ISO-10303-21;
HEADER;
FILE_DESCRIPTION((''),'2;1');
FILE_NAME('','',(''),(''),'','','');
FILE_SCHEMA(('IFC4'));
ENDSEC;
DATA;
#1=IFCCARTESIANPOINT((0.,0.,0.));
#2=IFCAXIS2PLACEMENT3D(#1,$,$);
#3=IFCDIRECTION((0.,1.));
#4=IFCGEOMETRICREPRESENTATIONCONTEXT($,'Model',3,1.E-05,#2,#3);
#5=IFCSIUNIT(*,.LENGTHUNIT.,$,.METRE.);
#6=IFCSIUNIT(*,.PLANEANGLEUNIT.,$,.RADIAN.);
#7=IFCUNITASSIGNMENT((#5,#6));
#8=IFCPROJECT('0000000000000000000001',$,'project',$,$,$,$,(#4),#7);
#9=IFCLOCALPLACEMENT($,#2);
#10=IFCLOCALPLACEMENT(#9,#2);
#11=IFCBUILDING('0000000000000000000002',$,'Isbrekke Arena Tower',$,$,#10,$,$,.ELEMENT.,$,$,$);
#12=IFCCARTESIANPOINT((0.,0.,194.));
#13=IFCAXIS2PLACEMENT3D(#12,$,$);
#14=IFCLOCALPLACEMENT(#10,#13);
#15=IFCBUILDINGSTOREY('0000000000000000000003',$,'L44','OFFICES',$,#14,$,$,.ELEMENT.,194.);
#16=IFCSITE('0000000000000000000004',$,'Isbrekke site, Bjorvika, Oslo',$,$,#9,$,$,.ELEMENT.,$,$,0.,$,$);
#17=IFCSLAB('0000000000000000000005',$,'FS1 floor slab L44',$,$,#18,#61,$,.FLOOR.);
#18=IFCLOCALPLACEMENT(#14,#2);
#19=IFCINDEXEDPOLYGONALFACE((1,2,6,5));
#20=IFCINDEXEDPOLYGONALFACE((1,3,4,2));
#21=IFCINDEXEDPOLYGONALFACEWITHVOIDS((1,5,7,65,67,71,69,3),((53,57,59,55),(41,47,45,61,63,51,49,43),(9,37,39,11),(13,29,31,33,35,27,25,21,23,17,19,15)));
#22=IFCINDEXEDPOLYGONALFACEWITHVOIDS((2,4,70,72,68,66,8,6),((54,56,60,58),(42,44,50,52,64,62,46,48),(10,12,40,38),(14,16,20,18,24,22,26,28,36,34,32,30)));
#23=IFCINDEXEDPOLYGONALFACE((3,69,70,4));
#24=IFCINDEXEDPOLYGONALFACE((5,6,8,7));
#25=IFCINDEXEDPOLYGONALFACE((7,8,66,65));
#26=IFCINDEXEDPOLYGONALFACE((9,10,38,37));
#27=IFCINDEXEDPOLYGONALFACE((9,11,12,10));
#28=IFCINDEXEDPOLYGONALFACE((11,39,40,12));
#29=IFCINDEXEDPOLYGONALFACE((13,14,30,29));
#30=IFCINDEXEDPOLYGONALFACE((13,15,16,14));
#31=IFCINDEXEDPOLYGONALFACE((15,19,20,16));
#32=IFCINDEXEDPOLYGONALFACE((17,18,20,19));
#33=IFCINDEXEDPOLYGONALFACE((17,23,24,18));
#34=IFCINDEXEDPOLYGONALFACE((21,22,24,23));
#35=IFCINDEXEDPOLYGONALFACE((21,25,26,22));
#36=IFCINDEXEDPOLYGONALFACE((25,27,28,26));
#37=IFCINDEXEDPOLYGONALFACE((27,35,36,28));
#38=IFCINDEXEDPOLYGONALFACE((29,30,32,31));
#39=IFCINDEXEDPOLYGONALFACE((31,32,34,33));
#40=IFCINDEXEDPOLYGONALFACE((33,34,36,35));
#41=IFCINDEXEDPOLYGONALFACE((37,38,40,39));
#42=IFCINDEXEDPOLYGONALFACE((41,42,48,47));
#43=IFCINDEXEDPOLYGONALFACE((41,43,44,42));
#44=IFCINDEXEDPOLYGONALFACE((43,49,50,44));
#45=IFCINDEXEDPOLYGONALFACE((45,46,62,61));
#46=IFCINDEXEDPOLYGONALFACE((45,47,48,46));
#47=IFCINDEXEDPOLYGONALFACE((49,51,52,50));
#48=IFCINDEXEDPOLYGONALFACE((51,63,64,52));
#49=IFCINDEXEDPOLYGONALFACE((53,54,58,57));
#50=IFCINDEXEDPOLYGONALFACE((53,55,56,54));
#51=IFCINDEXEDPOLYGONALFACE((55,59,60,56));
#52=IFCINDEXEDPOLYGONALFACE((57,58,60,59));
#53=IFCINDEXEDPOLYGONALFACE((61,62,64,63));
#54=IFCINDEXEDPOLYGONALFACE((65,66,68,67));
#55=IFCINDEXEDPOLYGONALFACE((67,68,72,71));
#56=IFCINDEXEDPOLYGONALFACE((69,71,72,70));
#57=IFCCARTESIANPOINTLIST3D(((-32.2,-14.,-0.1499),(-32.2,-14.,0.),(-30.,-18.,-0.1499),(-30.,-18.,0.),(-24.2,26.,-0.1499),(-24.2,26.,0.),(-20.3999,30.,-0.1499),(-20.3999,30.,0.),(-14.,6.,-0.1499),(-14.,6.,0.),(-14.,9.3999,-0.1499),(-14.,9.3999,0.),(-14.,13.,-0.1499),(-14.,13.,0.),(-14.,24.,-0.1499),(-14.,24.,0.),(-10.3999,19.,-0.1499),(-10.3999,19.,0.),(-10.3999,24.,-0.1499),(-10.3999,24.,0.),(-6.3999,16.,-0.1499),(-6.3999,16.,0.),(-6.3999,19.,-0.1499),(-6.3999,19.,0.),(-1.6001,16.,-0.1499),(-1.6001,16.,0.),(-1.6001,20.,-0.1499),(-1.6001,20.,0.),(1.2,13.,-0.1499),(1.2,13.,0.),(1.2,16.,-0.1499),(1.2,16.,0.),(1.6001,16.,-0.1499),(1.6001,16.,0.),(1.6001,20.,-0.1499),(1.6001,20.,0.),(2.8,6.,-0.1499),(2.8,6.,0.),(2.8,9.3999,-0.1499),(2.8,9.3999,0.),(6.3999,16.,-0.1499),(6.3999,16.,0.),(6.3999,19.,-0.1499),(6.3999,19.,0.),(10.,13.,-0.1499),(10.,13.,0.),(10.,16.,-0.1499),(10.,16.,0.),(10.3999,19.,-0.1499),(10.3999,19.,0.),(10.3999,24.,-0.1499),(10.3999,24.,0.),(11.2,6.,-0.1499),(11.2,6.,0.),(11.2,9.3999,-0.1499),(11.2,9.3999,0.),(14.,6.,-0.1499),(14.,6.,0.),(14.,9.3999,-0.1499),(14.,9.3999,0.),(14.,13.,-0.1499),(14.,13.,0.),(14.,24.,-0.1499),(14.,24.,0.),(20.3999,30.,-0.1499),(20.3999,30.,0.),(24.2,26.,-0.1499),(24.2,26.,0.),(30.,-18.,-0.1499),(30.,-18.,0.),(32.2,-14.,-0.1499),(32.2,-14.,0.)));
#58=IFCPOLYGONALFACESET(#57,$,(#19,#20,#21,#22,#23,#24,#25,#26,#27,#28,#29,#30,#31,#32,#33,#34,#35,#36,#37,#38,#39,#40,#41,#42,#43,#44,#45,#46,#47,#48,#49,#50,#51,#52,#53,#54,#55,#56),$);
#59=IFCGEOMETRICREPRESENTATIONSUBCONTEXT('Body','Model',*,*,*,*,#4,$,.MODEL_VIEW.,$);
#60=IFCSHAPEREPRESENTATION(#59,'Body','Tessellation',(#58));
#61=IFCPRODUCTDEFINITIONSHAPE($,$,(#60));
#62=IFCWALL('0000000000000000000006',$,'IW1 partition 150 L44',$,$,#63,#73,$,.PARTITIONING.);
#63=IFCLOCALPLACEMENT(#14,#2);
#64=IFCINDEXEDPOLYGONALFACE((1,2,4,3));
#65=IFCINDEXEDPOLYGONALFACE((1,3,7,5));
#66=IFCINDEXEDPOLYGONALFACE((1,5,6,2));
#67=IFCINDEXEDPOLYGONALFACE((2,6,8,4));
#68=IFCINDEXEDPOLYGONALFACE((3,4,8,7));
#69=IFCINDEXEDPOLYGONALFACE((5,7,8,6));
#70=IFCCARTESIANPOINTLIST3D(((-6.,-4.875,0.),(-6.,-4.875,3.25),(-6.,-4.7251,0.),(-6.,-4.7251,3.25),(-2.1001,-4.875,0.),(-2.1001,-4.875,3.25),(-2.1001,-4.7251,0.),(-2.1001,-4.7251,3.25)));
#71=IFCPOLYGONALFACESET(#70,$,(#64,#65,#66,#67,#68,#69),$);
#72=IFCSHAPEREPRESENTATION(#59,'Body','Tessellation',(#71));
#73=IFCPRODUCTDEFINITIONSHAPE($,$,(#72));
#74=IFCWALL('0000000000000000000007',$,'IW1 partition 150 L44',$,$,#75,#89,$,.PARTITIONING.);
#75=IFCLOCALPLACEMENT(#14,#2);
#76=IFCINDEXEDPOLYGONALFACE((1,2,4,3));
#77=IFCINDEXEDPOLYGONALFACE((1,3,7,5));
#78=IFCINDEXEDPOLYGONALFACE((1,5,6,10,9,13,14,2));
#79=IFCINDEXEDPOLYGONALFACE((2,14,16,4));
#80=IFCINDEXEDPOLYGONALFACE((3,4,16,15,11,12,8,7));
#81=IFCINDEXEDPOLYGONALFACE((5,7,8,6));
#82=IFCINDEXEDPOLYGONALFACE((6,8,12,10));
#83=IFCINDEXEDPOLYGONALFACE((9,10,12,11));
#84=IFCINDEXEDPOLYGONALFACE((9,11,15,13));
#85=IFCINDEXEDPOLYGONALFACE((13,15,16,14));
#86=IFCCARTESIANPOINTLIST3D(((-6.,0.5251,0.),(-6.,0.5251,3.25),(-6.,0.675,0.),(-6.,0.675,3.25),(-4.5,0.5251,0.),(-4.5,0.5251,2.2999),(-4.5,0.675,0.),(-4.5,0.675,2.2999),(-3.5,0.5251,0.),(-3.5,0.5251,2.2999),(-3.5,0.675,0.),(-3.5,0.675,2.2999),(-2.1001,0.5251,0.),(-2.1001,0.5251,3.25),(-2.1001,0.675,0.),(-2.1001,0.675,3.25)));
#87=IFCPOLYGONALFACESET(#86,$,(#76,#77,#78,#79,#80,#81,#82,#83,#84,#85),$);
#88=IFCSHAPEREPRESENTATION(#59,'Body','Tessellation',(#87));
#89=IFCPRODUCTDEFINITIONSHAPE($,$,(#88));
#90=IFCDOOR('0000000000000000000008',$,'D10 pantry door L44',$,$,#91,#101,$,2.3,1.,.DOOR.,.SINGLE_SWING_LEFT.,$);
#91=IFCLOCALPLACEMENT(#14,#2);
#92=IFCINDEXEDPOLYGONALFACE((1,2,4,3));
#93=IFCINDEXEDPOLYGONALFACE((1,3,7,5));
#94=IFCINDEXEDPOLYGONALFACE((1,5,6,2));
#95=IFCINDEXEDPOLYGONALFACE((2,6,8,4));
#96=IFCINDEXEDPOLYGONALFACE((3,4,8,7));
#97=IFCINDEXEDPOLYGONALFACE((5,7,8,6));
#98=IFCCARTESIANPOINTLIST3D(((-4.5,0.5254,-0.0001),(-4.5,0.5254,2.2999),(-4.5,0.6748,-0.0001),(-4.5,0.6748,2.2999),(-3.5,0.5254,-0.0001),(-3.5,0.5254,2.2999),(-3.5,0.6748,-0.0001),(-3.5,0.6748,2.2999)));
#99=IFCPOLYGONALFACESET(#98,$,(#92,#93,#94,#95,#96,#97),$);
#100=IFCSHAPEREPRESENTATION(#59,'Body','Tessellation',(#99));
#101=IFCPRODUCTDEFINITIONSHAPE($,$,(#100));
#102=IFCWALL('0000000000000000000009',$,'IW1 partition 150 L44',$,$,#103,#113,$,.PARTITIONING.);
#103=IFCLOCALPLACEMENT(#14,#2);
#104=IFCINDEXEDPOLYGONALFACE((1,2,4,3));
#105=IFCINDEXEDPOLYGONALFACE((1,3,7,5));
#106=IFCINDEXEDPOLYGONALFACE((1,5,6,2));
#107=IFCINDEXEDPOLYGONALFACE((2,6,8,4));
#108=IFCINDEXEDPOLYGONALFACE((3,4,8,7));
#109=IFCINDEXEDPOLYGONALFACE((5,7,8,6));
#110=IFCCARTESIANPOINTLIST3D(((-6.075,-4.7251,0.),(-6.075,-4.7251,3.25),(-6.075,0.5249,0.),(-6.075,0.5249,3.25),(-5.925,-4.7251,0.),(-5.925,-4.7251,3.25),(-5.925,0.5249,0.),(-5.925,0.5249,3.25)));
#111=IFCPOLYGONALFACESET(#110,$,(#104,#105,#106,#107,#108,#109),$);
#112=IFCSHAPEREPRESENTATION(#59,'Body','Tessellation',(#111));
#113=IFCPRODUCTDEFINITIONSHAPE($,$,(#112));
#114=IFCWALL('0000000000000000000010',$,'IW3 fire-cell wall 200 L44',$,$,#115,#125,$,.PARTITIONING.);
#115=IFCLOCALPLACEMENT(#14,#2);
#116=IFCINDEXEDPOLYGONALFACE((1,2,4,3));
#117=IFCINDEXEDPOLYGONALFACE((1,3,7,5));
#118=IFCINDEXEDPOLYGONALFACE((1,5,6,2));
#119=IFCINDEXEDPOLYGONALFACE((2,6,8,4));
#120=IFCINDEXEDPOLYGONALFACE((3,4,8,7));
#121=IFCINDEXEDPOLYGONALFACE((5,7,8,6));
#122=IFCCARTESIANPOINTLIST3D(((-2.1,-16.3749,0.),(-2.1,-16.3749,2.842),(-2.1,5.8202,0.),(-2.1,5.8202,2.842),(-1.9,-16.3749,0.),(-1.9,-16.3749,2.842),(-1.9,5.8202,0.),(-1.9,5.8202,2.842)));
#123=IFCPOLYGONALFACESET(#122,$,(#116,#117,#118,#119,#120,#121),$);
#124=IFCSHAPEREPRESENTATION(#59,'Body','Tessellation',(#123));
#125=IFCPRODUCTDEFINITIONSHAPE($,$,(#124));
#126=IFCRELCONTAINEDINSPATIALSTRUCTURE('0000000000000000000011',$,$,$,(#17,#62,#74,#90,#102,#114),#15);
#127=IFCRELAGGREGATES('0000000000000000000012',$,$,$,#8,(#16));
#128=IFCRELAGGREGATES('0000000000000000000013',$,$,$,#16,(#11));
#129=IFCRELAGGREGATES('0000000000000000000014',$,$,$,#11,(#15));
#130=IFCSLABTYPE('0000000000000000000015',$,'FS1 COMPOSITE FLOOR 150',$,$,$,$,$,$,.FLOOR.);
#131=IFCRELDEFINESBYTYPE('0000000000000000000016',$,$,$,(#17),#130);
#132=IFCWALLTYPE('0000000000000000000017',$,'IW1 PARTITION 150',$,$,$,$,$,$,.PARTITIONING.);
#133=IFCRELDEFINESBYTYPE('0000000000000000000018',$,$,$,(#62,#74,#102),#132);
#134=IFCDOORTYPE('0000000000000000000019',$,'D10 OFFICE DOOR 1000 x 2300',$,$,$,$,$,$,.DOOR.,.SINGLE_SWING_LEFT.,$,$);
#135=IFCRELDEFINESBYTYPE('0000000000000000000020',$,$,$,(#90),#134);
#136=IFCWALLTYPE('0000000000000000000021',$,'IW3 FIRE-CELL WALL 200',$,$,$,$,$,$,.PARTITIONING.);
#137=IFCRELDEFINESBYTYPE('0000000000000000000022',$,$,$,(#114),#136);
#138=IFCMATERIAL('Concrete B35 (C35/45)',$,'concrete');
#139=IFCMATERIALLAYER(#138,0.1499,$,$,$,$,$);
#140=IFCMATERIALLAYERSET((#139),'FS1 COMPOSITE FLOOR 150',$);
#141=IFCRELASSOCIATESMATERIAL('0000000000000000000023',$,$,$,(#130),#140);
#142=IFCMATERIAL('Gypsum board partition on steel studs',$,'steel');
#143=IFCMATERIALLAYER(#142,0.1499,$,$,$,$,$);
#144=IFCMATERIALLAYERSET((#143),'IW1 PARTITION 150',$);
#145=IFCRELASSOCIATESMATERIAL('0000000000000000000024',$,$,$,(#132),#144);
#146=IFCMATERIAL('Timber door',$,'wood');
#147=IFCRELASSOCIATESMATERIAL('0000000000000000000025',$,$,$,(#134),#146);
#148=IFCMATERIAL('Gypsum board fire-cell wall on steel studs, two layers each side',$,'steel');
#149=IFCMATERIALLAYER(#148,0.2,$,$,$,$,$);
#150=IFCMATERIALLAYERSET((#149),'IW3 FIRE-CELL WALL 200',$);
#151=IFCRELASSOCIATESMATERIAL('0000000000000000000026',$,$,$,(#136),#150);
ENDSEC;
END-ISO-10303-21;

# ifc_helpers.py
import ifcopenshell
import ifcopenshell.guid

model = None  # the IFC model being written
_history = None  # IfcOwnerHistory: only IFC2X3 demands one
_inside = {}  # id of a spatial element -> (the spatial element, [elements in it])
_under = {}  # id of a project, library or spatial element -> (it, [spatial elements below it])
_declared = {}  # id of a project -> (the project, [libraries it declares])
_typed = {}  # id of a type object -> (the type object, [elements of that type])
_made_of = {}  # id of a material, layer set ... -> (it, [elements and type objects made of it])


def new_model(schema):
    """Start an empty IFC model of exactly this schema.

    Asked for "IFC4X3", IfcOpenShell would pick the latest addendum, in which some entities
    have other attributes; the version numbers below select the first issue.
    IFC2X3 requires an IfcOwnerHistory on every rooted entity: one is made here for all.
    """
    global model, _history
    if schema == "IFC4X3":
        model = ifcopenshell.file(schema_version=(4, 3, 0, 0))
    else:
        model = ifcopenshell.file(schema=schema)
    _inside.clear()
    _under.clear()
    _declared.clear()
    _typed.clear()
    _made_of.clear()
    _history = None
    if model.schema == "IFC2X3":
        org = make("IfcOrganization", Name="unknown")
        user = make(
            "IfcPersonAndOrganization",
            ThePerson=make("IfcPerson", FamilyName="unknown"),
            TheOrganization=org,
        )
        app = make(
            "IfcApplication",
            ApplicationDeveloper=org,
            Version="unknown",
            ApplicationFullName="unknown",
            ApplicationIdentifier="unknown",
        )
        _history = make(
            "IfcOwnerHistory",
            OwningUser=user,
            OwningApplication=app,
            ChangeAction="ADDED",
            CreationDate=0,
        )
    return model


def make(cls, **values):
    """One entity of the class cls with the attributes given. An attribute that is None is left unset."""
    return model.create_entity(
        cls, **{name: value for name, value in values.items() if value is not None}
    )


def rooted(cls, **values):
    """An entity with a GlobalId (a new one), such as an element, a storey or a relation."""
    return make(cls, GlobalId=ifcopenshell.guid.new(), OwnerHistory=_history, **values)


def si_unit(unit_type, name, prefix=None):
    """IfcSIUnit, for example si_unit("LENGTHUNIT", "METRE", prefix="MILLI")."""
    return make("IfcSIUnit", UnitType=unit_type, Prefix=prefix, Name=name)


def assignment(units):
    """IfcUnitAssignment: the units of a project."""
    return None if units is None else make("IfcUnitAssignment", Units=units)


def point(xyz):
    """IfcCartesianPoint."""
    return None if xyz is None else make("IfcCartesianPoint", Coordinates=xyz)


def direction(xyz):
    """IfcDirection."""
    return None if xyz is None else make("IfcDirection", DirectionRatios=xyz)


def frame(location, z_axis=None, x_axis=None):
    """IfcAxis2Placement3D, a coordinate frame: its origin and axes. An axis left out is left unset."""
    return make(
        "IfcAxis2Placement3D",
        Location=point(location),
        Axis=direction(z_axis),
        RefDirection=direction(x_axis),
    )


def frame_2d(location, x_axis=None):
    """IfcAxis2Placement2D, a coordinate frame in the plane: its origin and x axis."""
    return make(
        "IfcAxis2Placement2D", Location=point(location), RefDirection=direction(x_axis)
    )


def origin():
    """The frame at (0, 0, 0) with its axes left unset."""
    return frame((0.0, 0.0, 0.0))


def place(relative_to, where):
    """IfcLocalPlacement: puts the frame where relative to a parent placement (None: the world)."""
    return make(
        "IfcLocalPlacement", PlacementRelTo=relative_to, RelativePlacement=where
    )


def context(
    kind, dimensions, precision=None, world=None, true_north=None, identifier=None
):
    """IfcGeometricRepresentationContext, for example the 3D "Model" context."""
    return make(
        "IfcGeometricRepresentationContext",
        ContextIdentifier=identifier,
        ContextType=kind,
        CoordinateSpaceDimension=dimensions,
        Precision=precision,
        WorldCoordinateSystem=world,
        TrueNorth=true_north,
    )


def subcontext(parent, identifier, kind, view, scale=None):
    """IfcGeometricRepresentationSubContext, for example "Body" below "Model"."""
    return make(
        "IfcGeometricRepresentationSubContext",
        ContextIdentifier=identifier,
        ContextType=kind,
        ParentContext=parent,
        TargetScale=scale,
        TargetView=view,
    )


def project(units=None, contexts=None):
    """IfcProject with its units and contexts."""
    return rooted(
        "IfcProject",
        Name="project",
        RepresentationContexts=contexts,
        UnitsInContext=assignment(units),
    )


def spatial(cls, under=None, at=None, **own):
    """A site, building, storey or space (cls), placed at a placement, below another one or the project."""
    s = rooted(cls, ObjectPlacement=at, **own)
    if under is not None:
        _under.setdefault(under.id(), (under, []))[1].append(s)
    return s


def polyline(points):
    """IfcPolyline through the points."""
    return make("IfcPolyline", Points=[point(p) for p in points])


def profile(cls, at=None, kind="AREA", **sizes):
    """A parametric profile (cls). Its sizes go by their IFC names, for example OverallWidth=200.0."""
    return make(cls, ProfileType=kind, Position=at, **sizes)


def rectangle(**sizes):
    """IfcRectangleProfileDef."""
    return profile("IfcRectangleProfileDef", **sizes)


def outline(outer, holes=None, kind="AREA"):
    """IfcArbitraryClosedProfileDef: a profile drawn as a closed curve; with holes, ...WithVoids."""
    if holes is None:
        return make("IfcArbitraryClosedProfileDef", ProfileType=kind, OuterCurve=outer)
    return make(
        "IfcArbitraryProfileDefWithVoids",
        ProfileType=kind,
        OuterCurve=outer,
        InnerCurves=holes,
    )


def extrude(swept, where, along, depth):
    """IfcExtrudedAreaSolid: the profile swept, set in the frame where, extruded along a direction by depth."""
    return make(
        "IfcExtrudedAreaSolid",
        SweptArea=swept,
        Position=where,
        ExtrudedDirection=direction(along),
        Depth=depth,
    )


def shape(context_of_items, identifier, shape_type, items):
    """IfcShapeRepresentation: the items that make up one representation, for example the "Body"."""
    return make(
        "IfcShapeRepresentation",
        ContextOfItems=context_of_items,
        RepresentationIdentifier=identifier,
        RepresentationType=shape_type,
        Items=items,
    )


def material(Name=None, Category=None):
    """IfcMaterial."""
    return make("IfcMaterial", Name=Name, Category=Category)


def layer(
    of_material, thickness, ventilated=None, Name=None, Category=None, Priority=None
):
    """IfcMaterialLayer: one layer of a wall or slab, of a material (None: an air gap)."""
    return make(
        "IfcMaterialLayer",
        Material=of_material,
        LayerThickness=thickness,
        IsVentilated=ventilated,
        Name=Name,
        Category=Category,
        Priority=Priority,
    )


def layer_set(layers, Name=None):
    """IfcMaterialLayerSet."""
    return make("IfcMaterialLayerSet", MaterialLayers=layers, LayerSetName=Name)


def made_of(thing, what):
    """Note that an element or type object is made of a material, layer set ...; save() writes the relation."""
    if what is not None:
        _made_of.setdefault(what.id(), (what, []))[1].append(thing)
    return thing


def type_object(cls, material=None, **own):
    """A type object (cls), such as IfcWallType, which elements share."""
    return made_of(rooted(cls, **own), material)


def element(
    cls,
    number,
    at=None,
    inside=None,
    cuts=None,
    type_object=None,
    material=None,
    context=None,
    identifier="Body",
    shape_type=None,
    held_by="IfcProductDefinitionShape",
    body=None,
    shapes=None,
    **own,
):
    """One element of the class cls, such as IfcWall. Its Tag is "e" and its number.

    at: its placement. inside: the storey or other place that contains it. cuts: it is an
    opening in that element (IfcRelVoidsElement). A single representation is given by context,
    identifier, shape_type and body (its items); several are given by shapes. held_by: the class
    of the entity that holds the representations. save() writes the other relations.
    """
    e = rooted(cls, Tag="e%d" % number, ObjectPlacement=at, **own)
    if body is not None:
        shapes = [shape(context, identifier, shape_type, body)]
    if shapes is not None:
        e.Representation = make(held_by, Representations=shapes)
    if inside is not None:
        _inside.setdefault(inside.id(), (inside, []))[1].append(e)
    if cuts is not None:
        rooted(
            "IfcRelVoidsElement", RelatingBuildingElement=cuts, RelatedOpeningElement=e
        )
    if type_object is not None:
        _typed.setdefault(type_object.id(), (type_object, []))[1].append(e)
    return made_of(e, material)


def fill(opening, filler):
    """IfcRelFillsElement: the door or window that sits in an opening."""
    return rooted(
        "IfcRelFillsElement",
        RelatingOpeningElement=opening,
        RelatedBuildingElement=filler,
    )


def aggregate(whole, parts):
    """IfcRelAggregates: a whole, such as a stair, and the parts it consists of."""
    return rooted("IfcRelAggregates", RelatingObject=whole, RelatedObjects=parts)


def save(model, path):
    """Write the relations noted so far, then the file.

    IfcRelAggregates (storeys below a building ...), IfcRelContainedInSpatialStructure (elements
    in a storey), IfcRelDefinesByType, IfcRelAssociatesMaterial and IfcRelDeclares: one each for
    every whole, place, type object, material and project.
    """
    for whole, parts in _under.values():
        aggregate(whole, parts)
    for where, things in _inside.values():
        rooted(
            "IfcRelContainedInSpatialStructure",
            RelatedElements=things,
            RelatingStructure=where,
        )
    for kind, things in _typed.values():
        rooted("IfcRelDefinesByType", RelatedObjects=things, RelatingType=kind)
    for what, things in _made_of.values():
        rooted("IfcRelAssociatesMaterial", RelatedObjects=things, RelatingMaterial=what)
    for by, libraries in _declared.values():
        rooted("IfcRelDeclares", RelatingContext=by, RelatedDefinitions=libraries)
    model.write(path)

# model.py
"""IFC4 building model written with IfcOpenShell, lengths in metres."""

from ifc_helpers import new_model, si_unit, direction, frame, frame_2d, origin, place, context, subcontext, project, spatial, polyline, rectangle, outline, extrude, material, layer, layer_set, type_object, element, fill, save


model = new_model("IFC4")

# Units and contexts
model_context = context("Model", 3, precision=1e-05, world=origin(), true_north=direction((0.0, 1.0)))
body_context = subcontext(model_context, "Body", "Model", "MODEL_VIEW")
ifc_project = project(units=[si_unit("LENGTHUNIT", "METRE"), si_unit("PLANEANGLEUNIT", "RADIAN")], contexts=[model_context])

# Site, building, storey
site_placement = place(None, origin())
site = spatial("IfcSite", under=ifc_project, at=site_placement, Name="Isbrekke site, Bjorvika, Oslo", CompositionType="ELEMENT", RefElevation=0.0)
building_placement = place(site_placement, origin())
building = spatial("IfcBuilding", under=site, at=building_placement, Name="Isbrekke Arena Tower", CompositionType="ELEMENT")
storey_placement = place(building_placement, frame((0.0, 0.0, 194.0)))
storey = spatial("IfcBuildingStorey", under=building, at=storey_placement, Name="L44", Description="OFFICES", CompositionType="ELEMENT", Elevation=194.0)

# Slab
ifc_material_1 = material(Name="Concrete B35 (C35/45)", Category="concrete")
ifc_layer_1 = layer(ifc_material_1, 0.1499)
ifc_layer_set_1 = layer_set([ifc_layer_1], Name="FS1 COMPOSITE FLOOR 150")
slab_type = type_object("IfcSlabType", Name="FS1 COMPOSITE FLOOR 150", PredefinedType="FLOOR", material=ifc_layer_set_1)
slab_placement = place(storey_placement, frame((0.0, 0.0, -0.1499)))
element("IfcSlab", 1, at=slab_placement, inside=storey, type_object=slab_type, Name="FS1 floor slab L44", PredefinedType="FLOOR", context=body_context, shape_type="SweptSolid", body=[
    extrude(outline(polyline([(-30.0, -18.0), (30.0, -18.0), (32.2, -14.0), (24.2, 26.0), (20.3999, 30.0), (-20.3999, 30.0), (-24.2, 26.0), (-32.2, -14.0), (-30.0, -18.0)]), holes=[polyline([(2.8, 9.3999), (2.8, 6.0), (-14.0, 6.0), (-14.0, 9.3999), (2.8, 9.3999)]), polyline([(11.2, 6.0), (11.2, 9.3999), (14.0, 9.3999), (14.0, 6.0), (11.2, 6.0)]), polyline([(-14.0, 13.0), (-14.0, 24.0), (-10.3999, 24.0), (-10.3999, 19.0), (-6.3999, 19.0), (-6.3999, 16.0), (-1.6001, 16.0), (-1.6001, 20.0), (1.6001, 20.0), (1.6001, 16.0), (1.2, 16.0), (1.2, 13.0), (-14.0, 13.0)]), polyline([(10.0, 13.0), (10.0, 16.0), (6.3999, 16.0), (6.3999, 19.0), (10.3999, 19.0), (10.3999, 24.0), (14.0, 24.0), (14.0, 13.0), (10.0, 13.0)])]), origin(), (0.0, 0.0, 1.0), 0.1499),
])

# Wall
ifc_material_2 = material(Name="Gypsum board partition on steel studs", Category="steel")
ifc_layer_2 = layer(ifc_material_2, 0.1499)
ifc_layer_set_2 = layer_set([ifc_layer_2], Name="IW1 PARTITION 150")
wall_type_1 = type_object("IfcWallType", Name="IW1 PARTITION 150", PredefinedType="PARTITIONING", material=ifc_layer_set_2)
wall_1_placement = place(storey_placement, frame((-6.0, -4.8, 0.0), z_axis=(0.0, 0.0, 1.0), x_axis=(1.0, 0.0, 0.0)))
element("IfcWall", 2, at=wall_1_placement, inside=storey, type_object=wall_type_1, Name="IW1 partition 150 L44", PredefinedType="PARTITIONING", context=body_context, shape_type="SweptSolid", body=[
    extrude(rectangle(XDim=3.8999, YDim=0.1499, at=frame_2d((1.95, 0.0))), origin(), (0.0, 0.0, 1.0), 3.25),
])

# Wall, opening, door
wall_2_placement = place(storey_placement, frame((-6.0, 0.6001, 0.0), z_axis=(0.0, 0.0, 1.0), x_axis=(1.0, 0.0, 0.0)))
wall_2 = element("IfcWall", 3, at=wall_2_placement, inside=storey, type_object=wall_type_1, Name="IW1 partition 150 L44", PredefinedType="PARTITIONING", context=body_context, shape_type="SweptSolid", body=[
    extrude(rectangle(XDim=3.8999, YDim=0.1499, at=frame_2d((1.95, 0.0))), origin(), (0.0, 0.0, 1.0), 3.25),
])
opening_placement = place(wall_2_placement, frame((1.5, 0.0, 0.0)))
opening = element("IfcOpeningElement", 4, at=opening_placement, cuts=wall_2, PredefinedType="OPENING", context=body_context, shape_type="SweptSolid", body=[
    extrude(rectangle(XDim=1.0, YDim=2.3, at=frame_2d((0.5, 1.1499))), frame((0.0, 0.0898, 0.0), z_axis=(0.0, -1.0, 0.0), x_axis=(1.0, 0.0, 0.0)), (0.0, 0.0, 1.0), 0.1797),
])
ifc_material_3 = material(Name="Timber door", Category="wood")
door_type = type_object("IfcDoorType", Name="D10 OFFICE DOOR 1000 x 2300", OperationType="SINGLE_SWING_LEFT", PredefinedType="DOOR", material=ifc_material_3)
door_placement = place(opening_placement, origin())
door = element("IfcDoor", 5, at=door_placement, inside=storey, type_object=door_type, Name="D10 pantry door L44", OperationType="SINGLE_SWING_LEFT", OverallHeight=2.3, OverallWidth=1.0, PredefinedType="DOOR", context=body_context, shape_type="SweptSolid", body=[
    extrude(rectangle(XDim=1.0, YDim=2.3, at=frame_2d((0.5, 1.1499))), frame((0.0, 0.0747, 0.0), z_axis=(0.0, -1.0, 0.0), x_axis=(1.0, 0.0, 0.0)), (0.0, 0.0, 1.0), 0.1494),
])
fill(opening, door)

# Walls
wall_3_placement = place(storey_placement, frame((-6.0, -4.7251, 0.0), z_axis=(0.0, 0.0, 1.0), x_axis=(0.0, 1.0, 0.0)))
element("IfcWall", 6, at=wall_3_placement, inside=storey, type_object=wall_type_1, Name="IW1 partition 150 L44", PredefinedType="PARTITIONING", context=body_context, shape_type="SweptSolid", body=[
    extrude(rectangle(XDim=5.25, YDim=0.1499, at=frame_2d((2.625, 0.0))), origin(), (0.0, 0.0, 1.0), 3.25),
])
ifc_material_4 = material(Name="Gypsum board fire-cell wall on steel studs, two layers each side", Category="steel")
ifc_layer_3 = layer(ifc_material_4, 0.2)
ifc_layer_set_3 = layer_set([ifc_layer_3], Name="IW3 FIRE-CELL WALL 200")
wall_type_2 = type_object("IfcWallType", Name="IW3 FIRE-CELL WALL 200", PredefinedType="PARTITIONING", material=ifc_layer_set_3)
wall_4_placement = place(storey_placement, frame((-2.0, -16.375, 0.0), z_axis=(0.0, 0.0, 1.0), x_axis=(0.0, 1.0, 0.0)))
element("IfcWall", 7, at=wall_4_placement, inside=storey, type_object=wall_type_2, Name="IW3 fire-cell wall 200 L44", PredefinedType="PARTITIONING", context=body_context, shape_type="SweptSolid", body=[
    extrude(rectangle(XDim=22.1951, YDim=0.2, at=frame_2d((11.0977, 0.0))), origin(), (0.0, 0.0, 1.0), 2.842),
])

save(model, "model.ifc")
